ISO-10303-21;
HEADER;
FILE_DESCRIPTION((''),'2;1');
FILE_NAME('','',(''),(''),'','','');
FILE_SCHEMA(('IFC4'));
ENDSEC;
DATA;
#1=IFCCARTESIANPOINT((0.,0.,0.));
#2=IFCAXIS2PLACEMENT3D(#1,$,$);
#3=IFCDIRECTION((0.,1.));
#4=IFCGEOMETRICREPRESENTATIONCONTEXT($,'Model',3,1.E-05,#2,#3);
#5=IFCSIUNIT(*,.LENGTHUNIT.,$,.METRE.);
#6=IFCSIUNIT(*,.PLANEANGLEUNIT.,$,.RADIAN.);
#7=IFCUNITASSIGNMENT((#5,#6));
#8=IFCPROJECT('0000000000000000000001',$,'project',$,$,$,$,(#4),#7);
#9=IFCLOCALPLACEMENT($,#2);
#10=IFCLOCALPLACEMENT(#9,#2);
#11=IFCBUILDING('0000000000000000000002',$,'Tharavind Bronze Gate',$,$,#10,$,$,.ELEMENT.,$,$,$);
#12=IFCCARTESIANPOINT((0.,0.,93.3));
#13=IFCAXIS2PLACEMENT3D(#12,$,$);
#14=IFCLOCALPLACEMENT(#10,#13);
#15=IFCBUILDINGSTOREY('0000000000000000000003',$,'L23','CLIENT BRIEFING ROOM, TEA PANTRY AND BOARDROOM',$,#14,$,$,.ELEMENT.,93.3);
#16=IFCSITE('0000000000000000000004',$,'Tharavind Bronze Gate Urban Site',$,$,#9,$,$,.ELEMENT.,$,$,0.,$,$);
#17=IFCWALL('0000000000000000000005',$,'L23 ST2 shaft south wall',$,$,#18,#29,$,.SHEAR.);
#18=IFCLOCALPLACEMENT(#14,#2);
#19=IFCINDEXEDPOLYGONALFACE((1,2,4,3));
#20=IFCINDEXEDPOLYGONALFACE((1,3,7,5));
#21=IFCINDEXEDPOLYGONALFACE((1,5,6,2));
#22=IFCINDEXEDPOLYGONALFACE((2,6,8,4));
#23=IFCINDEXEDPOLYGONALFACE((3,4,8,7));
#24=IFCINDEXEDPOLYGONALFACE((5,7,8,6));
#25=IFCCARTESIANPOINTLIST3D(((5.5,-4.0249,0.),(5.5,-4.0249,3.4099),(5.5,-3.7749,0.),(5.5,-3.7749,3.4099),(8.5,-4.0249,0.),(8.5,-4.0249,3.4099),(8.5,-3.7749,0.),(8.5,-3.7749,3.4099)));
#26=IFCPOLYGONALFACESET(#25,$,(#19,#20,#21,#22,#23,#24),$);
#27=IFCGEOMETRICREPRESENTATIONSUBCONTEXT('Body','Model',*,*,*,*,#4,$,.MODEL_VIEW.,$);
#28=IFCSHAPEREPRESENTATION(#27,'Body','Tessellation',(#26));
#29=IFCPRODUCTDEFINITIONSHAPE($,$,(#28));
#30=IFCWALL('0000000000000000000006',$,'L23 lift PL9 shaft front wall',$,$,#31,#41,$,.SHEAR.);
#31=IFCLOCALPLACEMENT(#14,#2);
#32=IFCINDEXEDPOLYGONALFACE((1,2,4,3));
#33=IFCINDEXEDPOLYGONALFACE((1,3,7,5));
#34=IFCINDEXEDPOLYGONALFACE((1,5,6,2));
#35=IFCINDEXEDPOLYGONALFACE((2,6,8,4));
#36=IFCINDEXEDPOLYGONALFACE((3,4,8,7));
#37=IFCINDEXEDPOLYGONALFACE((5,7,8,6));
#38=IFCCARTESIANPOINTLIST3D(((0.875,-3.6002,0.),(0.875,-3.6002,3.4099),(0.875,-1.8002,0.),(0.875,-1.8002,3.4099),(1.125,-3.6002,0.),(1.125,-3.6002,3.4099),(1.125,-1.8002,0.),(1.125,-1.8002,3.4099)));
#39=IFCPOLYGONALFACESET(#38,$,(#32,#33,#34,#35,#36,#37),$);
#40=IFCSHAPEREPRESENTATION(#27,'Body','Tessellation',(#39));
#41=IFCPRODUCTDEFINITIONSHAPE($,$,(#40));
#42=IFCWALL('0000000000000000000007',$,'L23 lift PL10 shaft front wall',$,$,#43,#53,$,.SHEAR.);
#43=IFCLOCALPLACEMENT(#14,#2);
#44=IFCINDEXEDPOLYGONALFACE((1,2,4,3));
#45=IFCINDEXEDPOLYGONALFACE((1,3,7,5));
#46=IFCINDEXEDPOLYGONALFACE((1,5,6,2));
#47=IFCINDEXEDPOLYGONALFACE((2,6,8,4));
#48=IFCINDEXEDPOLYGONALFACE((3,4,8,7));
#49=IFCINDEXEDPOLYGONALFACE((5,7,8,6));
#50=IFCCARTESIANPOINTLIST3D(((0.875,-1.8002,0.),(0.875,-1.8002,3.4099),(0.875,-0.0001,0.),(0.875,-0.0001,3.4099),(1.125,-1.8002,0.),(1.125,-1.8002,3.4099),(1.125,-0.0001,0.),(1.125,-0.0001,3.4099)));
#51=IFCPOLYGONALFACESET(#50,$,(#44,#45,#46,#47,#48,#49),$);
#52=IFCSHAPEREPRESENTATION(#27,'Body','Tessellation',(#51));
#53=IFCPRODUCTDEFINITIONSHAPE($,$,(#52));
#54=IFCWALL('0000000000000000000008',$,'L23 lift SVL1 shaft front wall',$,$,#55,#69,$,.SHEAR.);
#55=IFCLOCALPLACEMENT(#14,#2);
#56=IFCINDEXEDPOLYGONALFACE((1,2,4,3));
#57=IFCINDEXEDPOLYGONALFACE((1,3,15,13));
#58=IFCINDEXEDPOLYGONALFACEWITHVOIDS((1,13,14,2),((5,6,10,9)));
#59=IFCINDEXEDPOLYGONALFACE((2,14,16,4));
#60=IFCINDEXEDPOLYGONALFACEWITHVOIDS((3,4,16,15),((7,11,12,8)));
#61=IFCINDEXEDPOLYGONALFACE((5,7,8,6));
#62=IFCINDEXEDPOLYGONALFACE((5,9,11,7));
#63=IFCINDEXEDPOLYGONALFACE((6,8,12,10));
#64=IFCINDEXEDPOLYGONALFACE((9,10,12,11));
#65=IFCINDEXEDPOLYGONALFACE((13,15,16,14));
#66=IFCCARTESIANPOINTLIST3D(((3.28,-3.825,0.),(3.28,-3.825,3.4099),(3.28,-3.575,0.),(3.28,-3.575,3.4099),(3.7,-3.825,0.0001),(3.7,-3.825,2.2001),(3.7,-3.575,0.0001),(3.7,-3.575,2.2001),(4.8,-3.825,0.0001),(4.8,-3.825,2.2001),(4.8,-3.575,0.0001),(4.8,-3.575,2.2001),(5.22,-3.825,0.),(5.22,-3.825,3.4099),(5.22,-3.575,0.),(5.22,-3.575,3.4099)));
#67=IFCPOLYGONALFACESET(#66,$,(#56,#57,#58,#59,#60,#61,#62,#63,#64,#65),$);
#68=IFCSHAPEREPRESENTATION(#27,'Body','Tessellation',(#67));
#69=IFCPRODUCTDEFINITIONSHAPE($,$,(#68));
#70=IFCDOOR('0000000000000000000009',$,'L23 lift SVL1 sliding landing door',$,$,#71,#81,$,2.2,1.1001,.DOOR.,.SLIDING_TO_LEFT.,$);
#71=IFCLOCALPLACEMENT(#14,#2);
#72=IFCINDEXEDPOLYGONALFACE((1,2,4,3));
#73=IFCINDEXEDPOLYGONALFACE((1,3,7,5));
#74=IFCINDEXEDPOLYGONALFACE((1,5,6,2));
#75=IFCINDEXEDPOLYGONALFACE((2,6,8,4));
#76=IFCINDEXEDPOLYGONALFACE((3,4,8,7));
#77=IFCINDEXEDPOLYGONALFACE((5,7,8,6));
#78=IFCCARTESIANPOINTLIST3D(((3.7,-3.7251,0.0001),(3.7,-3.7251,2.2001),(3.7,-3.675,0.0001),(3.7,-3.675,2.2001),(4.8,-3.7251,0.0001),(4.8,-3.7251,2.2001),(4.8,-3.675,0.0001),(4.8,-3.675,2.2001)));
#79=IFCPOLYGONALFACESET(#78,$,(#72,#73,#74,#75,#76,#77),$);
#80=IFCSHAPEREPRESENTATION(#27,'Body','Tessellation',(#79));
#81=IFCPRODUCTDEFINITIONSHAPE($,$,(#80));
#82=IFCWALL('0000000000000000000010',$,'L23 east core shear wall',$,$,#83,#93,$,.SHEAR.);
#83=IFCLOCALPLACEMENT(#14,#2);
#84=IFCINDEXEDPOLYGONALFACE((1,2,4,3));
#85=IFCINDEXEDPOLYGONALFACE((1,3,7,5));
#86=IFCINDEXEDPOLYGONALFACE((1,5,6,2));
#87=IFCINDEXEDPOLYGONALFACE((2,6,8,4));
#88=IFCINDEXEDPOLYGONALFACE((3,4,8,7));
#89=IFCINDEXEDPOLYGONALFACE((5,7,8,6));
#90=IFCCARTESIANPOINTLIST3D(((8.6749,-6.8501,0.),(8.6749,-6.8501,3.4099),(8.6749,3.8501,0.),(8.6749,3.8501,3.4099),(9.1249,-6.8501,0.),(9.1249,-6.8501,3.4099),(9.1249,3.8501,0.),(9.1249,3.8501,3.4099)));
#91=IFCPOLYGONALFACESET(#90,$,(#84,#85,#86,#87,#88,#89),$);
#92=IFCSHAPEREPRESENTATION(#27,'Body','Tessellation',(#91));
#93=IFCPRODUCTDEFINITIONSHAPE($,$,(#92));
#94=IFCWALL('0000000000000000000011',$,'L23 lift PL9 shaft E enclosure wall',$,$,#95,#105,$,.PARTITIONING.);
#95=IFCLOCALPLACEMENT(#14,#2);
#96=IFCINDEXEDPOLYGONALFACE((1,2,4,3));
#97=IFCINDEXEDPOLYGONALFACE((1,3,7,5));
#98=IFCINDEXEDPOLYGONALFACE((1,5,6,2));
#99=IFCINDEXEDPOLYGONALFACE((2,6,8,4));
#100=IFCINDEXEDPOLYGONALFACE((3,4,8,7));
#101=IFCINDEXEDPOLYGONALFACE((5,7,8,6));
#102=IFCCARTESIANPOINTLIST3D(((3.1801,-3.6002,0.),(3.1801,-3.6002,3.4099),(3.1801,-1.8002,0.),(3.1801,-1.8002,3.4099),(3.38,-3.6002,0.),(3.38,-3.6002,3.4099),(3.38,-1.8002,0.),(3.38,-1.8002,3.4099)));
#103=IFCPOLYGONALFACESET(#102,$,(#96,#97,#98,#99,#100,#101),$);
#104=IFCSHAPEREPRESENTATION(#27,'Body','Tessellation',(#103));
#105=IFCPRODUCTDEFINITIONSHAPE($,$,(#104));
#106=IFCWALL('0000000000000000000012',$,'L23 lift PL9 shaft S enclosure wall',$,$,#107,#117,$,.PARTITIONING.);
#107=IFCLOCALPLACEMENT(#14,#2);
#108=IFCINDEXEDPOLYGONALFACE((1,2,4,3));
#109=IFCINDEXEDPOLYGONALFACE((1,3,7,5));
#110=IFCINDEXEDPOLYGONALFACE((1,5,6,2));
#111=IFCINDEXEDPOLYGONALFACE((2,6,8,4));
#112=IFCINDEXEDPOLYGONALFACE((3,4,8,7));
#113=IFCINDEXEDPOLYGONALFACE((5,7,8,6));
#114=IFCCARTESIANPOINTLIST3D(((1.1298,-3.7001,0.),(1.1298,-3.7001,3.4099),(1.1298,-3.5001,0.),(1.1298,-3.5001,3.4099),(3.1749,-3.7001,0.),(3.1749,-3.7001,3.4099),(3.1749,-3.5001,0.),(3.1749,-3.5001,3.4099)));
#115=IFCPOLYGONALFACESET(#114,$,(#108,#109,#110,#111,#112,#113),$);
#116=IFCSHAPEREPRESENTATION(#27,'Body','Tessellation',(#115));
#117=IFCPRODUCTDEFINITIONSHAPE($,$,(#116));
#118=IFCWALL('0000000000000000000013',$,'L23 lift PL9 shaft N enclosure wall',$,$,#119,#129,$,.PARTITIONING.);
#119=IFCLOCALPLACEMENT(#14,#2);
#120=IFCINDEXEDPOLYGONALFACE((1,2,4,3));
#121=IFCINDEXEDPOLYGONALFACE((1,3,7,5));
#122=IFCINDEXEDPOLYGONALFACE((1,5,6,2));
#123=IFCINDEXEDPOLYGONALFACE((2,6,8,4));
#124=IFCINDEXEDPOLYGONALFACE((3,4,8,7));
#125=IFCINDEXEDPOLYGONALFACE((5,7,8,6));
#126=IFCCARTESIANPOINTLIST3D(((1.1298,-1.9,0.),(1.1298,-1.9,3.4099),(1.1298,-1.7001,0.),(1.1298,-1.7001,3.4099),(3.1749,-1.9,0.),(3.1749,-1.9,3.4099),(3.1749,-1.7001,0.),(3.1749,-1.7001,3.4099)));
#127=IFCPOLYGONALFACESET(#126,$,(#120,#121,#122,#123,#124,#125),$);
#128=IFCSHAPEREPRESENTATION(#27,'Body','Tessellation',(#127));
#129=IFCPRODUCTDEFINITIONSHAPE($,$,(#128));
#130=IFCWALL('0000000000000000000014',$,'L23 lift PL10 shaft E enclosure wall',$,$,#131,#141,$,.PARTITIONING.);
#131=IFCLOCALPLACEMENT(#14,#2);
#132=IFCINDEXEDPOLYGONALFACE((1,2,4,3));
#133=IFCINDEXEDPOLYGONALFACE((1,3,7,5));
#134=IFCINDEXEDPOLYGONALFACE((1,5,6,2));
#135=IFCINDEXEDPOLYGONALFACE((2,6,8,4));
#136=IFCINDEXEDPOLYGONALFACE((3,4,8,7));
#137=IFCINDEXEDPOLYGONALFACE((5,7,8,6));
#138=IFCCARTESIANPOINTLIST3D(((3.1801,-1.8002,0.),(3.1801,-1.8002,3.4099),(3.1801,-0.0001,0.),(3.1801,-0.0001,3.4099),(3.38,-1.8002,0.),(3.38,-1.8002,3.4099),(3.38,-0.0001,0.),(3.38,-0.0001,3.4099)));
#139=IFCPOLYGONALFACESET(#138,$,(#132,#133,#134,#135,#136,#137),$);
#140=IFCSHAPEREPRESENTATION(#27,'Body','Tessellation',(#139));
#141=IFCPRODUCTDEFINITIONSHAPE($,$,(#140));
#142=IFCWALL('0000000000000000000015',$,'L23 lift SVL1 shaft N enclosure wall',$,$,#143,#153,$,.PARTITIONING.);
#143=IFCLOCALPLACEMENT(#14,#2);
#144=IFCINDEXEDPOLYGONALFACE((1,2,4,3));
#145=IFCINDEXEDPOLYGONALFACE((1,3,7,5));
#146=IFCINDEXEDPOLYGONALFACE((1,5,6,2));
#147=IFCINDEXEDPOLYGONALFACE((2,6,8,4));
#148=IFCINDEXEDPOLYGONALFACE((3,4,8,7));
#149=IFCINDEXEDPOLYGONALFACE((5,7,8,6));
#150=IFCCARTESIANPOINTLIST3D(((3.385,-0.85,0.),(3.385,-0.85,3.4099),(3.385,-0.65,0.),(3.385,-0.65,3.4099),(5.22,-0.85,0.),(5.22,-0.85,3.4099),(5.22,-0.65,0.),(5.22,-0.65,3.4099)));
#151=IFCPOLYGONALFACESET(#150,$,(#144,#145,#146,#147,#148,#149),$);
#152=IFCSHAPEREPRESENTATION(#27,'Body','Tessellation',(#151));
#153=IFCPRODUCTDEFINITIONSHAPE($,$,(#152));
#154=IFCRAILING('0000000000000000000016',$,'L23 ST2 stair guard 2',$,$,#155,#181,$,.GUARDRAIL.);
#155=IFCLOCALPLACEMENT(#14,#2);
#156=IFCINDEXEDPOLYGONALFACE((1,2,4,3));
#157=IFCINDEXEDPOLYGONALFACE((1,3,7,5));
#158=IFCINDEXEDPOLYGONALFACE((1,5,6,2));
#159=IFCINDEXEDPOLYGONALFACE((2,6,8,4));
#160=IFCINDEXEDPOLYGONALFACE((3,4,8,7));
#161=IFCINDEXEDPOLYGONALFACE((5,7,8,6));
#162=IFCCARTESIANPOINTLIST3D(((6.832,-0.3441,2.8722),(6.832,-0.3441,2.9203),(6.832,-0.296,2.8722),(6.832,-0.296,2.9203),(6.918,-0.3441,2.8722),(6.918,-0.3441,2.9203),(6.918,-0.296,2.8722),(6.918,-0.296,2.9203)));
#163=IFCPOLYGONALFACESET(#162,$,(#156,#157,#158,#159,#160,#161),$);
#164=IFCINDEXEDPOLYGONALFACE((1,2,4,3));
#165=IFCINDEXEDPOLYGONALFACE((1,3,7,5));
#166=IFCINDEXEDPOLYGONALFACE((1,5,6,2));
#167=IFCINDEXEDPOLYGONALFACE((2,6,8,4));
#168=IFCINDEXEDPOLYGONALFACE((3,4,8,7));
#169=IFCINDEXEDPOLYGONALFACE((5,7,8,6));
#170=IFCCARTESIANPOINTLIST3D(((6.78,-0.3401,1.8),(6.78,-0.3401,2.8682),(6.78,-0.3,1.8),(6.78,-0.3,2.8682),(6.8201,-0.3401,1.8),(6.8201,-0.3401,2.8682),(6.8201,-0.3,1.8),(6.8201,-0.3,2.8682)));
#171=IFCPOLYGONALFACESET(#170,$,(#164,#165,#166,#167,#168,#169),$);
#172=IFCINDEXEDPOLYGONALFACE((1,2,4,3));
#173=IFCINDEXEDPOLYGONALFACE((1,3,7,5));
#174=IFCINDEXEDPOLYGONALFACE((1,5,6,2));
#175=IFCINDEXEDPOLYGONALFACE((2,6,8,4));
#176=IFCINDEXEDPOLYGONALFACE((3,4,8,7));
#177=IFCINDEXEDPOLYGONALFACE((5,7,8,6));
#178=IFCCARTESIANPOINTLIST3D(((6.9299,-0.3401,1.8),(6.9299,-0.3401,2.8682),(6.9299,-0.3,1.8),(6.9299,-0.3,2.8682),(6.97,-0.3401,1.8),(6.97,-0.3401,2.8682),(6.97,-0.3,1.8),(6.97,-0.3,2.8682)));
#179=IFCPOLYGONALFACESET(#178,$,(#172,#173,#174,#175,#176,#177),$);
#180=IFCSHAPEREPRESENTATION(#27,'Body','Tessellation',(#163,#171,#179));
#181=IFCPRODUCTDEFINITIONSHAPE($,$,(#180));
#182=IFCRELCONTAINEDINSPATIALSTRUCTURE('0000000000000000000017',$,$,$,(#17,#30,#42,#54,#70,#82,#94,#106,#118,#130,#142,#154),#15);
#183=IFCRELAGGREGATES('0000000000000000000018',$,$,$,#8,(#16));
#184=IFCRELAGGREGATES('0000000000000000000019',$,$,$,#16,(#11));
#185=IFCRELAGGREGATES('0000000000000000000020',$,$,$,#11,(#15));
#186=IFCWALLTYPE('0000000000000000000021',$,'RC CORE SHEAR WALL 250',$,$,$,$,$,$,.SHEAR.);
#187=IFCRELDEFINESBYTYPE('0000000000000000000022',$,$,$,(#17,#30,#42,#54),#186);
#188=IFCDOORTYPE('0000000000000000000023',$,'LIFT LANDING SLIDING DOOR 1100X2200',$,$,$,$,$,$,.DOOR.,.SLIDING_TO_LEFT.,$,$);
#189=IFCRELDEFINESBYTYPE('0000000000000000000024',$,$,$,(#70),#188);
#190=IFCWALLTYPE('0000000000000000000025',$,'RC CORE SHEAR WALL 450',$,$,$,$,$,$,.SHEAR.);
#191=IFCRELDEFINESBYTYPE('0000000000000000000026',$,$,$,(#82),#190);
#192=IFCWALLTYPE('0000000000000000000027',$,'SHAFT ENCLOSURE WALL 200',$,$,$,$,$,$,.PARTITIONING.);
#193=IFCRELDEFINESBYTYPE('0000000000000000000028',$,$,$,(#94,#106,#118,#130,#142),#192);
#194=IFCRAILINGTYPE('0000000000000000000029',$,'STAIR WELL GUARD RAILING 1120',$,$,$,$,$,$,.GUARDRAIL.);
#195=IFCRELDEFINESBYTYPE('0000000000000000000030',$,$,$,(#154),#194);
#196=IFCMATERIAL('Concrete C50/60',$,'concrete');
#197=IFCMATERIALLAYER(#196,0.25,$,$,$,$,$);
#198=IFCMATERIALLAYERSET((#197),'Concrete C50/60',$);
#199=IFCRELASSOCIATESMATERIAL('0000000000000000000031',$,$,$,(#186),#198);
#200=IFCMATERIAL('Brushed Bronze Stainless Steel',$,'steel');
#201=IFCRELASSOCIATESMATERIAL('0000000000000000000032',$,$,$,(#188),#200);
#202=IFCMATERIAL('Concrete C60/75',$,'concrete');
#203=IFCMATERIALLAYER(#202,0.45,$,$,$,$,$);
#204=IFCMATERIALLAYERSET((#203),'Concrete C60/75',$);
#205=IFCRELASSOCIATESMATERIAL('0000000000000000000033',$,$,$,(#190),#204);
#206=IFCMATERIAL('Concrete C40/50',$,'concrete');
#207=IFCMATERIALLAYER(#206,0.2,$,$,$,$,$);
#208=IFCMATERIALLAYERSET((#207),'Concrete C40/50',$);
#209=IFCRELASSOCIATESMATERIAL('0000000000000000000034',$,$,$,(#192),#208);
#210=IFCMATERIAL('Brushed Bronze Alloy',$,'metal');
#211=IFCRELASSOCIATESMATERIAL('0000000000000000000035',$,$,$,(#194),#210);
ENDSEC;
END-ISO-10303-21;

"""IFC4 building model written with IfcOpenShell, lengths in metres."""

from ifc_helpers import new_model, si_unit, direction, frame, frame_2d, origin, origin_2d, place, context, subcontext, project, spatial, rectangle, extrude, material, layer, layer_set, type_object, element, fill, save


model = new_model("IFC4")

# Units and contexts
model_context = context("Model", 3, precision=1e-05, world=origin(), true_north=direction((0.0, 1.0)))
body_context = subcontext(model_context, "Body", "Model", "MODEL_VIEW")
ifc_project = project(units=[si_unit("LENGTHUNIT", "METRE"), si_unit("PLANEANGLEUNIT", "RADIAN")], contexts=[model_context])

# Site, building, storey
site_placement = place(None, origin())
site = spatial("IfcSite", under=ifc_project, at=site_placement, Name="Tharavind Bronze Gate Urban Site", CompositionType="ELEMENT", RefElevation=0.0)
building_placement = place(site_placement, origin())
building = spatial("IfcBuilding", under=site, at=building_placement, Name="Tharavind Bronze Gate", CompositionType="ELEMENT")
storey_placement = place(building_placement, frame((0.0, 0.0, 93.3)))
storey = spatial("IfcBuildingStorey", under=building, at=storey_placement, Name="L23", Description="CLIENT BRIEFING ROOM, TEA PANTRY AND BOARDROOM", CompositionType="ELEMENT", Elevation=93.3)

# Shared definitions
ifc_material_1 = material(Name="Concrete C60/75", Category="concrete")

# Walls
ifc_material_2 = material(Name="Concrete C50/60", Category="concrete")
ifc_layer_1 = layer(ifc_material_2, 0.25)
ifc_layer_set_1 = layer_set([ifc_layer_1], Name="Concrete C50/60")
wall_type_1 = type_object("IfcWallType", Name="RC CORE SHEAR WALL 250", PredefinedType="SHEAR", material=ifc_layer_set_1)
wall_1_placement = place(storey_placement, frame((5.5, -3.8999, 0.0), z_axis=(0.0, 0.0, 1.0), x_axis=(1.0, 0.0, 0.0)))
element("IfcWall", 1, at=wall_1_placement, inside=storey, type_object=wall_type_1, Name="L23 ST2 shaft south wall", PredefinedType="SHEAR", context=body_context, shape_type="SweptSolid", body=[
    extrude(rectangle(XDim=3.0, YDim=0.25, at=frame_2d((1.5, 0.0))), origin(), (0.0, 0.0, 1.0), 3.4099),
])
for number, where, z_axis, x_axis, name in (
    (2, (1.0, -3.6001, 0.0), (0.0, 0.0, 1.0), (0.0, 1.0, 0.0), "L23 lift PL9 shaft front wall"),
    (3, (1.0, -1.8, 0.0), (0.0, 0.0, 1.0), (0.0, 1.0, 0.0), "L23 lift PL10 shaft front wall"),
):
    element("IfcWall", number, at=place(storey_placement, frame(where, z_axis=z_axis, x_axis=x_axis)), inside=storey, type_object=wall_type_1, Name=name, PredefinedType="SHEAR", context=body_context, shape_type="SweptSolid", body=[
        extrude(rectangle(XDim=1.8, YDim=0.25, at=frame_2d((0.8999, 0.0))), origin(), (0.0, 0.0, 1.0), 3.4099),
    ])

# Wall, opening, door
wall_2_placement = place(storey_placement, frame((3.28, -3.7, 0.0), z_axis=(0.0, 0.0, 1.0), x_axis=(1.0, 0.0, 0.0)))
wall_2 = element("IfcWall", 4, at=wall_2_placement, inside=storey, type_object=wall_type_1, Name="L23 lift SVL1 shaft front wall", PredefinedType="SHEAR", context=body_context, shape_type="SweptSolid", body=[
    extrude(rectangle(XDim=1.9399, YDim=0.25, at=frame_2d((0.97, 0.0))), origin(), (0.0, 0.0, 1.0), 3.4099),
])
opening_1_placement = place(wall_2_placement, frame((0.4199, 0.0, 0.0)))
opening_1 = element("IfcOpeningElement", 5, at=opening_1_placement, cuts=wall_2, PredefinedType="OPENING", context=body_context, shape_type="SweptSolid", body=[
    extrude(rectangle(XDim=1.1001, YDim=2.2, at=frame_2d((0.55, 1.1001))), frame((0.0, 0.135, 0.0), z_axis=(0.0, -1.0, 0.0), x_axis=(1.0, 0.0, 0.0)), (0.0, 0.0, 1.0), 0.27),
])
ifc_material_3 = material(Name="Brushed Bronze Stainless Steel", Category="steel")
door_type_1 = type_object("IfcDoorType", Name="LIFT LANDING SLIDING DOOR 1100X2200", OperationType="SLIDING_TO_LEFT", PredefinedType="DOOR", material=ifc_material_3)
door_1_placement = place(opening_1_placement, origin())
door_1 = element("IfcDoor", 6, at=door_1_placement, inside=storey, type_object=door_type_1, Name="L23 lift SVL1 sliding landing door", OperationType="SLIDING_TO_LEFT", OverallHeight=2.2, OverallWidth=1.1001, PredefinedType="DOOR", context=body_context, shape_type="SweptSolid", body=[
    extrude(rectangle(XDim=1.1001, YDim=2.2, at=frame_2d((0.55, 1.1001))), frame((0.0, 0.0249, 0.0), z_axis=(0.0, -1.0, 0.0), x_axis=(1.0, 0.0, 0.0)), (0.0, 0.0, 1.0), 0.05),
])
fill(opening_1, door_1)

# Walls
ifc_layer_2 = layer(ifc_material_1, 0.45)
ifc_layer_set_2 = layer_set([ifc_layer_2], Name="Concrete C60/75")
wall_type_2 = type_object("IfcWallType", Name="RC CORE SHEAR WALL 450", PredefinedType="SHEAR", material=ifc_layer_set_2)
wall_3_placement = place(storey_placement, frame((8.8999, -6.8501, 0.0), z_axis=(0.0, 0.0, 1.0), x_axis=(0.0, 1.0, 0.0)))
element("IfcWall", 7, at=wall_3_placement, inside=storey, type_object=wall_type_2, Name="L23 east core shear wall", PredefinedType="SHEAR", context=body_context, shape_type="SweptSolid", body=[
    extrude(rectangle(XDim=10.7002, YDim=0.45, at=frame_2d((5.3501, 0.0))), origin(), (0.0, 0.0, 1.0), 3.4099),
])
ifc_material_4 = material(Name="Concrete C40/50", Category="concrete")
ifc_layer_3 = layer(ifc_material_4, 0.2)
ifc_layer_set_3 = layer_set([ifc_layer_3], Name="Concrete C40/50")
wall_type_3 = type_object("IfcWallType", Name="SHAFT ENCLOSURE WALL 200", PredefinedType="PARTITIONING", material=ifc_layer_set_3)
wall_4_placement = place(storey_placement, frame((3.28, -3.6001, 0.0), z_axis=(0.0, 0.0, 1.0), x_axis=(0.0, 1.0, 0.0)))
element("IfcWall", 8, at=wall_4_placement, inside=storey, type_object=wall_type_3, Name="L23 lift PL9 shaft E enclosure wall", PredefinedType="PARTITIONING", context=body_context, shape_type="SweptSolid", body=[
    extrude(rectangle(XDim=1.8, YDim=0.2, at=frame_2d((0.8999, 0.0))), origin(), (0.0, 0.0, 1.0), 3.4099),
])
for number, where, z_axis, x_axis, name in (
    (9, (1.1299, -3.6001, 0.0), (0.0, 0.0, 1.0), (1.0, 0.0, 0.0), "L23 lift PL9 shaft S enclosure wall"),
    (10, (1.1299, -1.8, 0.0), (0.0, 0.0, 1.0), (1.0, 0.0, 0.0), "L23 lift PL9 shaft N enclosure wall"),
):
    element("IfcWall", number, at=place(storey_placement, frame(where, z_axis=z_axis, x_axis=x_axis)), inside=storey, type_object=wall_type_3, Name=name, PredefinedType="PARTITIONING", context=body_context, shape_type="SweptSolid", body=[
        extrude(rectangle(XDim=2.0452, YDim=0.2, at=frame_2d((1.0225, 0.0))), origin(), (0.0, 0.0, 1.0), 3.4099),
    ])
wall_5_placement = place(storey_placement, frame((3.28, -1.8, 0.0), z_axis=(0.0, 0.0, 1.0), x_axis=(0.0, 1.0, 0.0)))
element("IfcWall", 11, at=wall_5_placement, inside=storey, type_object=wall_type_3, Name="L23 lift PL10 shaft E enclosure wall", PredefinedType="PARTITIONING", context=body_context, shape_type="SweptSolid", body=[
    extrude(rectangle(XDim=1.8, YDim=0.2, at=frame_2d((0.8999, 0.0))), origin(), (0.0, 0.0, 1.0), 3.4099),
])
wall_6_placement = place(storey_placement, frame((3.385, -0.75, 0.0), z_axis=(0.0, 0.0, 1.0), x_axis=(1.0, 0.0, 0.0)))
element("IfcWall", 12, at=wall_6_placement, inside=storey, type_object=wall_type_3, Name="L23 lift SVL1 shaft N enclosure wall", PredefinedType="PARTITIONING", context=body_context, shape_type="SweptSolid", body=[
    extrude(rectangle(XDim=1.835, YDim=0.2, at=frame_2d((0.9175, 0.0))), origin(), (0.0, 0.0, 1.0), 3.4099),
])

# Railing
ifc_material_5 = material(Name="Brushed Bronze Alloy", Category="metal")
railing_type = type_object("IfcRailingType", Name="STAIR WELL GUARD RAILING 1120", PredefinedType="GUARDRAIL", material=ifc_material_5)
railing_1_placement = place(storey_placement, frame((6.8, -0.3201, 1.8)))
element("IfcRailing", 13, at=railing_1_placement, inside=storey, type_object=railing_type, Name="L23 ST2 stair guard 2", PredefinedType="GUARDRAIL", context=body_context, shape_type="SweptSolid", body=[
    extrude(rectangle(XDim=0.0481, YDim=0.0481, at=origin_2d()), frame((0.032, 0.0, 1.0962), z_axis=(1.0, 0.0, 0.0), x_axis=(0.0, 1.0, 0.0)), (0.0, 0.0, 1.0), 0.0859),
    extrude(rectangle(XDim=0.04, YDim=0.04, at=origin_2d()), origin(), (0.0, 0.0, 1.0), 1.0681),
    extrude(rectangle(XDim=0.04, YDim=0.04, at=origin_2d()), frame((0.1499, 0.0, 0.0)), (0.0, 0.0, 1.0), 1.0681),
])

save(model, "model.ifc")
